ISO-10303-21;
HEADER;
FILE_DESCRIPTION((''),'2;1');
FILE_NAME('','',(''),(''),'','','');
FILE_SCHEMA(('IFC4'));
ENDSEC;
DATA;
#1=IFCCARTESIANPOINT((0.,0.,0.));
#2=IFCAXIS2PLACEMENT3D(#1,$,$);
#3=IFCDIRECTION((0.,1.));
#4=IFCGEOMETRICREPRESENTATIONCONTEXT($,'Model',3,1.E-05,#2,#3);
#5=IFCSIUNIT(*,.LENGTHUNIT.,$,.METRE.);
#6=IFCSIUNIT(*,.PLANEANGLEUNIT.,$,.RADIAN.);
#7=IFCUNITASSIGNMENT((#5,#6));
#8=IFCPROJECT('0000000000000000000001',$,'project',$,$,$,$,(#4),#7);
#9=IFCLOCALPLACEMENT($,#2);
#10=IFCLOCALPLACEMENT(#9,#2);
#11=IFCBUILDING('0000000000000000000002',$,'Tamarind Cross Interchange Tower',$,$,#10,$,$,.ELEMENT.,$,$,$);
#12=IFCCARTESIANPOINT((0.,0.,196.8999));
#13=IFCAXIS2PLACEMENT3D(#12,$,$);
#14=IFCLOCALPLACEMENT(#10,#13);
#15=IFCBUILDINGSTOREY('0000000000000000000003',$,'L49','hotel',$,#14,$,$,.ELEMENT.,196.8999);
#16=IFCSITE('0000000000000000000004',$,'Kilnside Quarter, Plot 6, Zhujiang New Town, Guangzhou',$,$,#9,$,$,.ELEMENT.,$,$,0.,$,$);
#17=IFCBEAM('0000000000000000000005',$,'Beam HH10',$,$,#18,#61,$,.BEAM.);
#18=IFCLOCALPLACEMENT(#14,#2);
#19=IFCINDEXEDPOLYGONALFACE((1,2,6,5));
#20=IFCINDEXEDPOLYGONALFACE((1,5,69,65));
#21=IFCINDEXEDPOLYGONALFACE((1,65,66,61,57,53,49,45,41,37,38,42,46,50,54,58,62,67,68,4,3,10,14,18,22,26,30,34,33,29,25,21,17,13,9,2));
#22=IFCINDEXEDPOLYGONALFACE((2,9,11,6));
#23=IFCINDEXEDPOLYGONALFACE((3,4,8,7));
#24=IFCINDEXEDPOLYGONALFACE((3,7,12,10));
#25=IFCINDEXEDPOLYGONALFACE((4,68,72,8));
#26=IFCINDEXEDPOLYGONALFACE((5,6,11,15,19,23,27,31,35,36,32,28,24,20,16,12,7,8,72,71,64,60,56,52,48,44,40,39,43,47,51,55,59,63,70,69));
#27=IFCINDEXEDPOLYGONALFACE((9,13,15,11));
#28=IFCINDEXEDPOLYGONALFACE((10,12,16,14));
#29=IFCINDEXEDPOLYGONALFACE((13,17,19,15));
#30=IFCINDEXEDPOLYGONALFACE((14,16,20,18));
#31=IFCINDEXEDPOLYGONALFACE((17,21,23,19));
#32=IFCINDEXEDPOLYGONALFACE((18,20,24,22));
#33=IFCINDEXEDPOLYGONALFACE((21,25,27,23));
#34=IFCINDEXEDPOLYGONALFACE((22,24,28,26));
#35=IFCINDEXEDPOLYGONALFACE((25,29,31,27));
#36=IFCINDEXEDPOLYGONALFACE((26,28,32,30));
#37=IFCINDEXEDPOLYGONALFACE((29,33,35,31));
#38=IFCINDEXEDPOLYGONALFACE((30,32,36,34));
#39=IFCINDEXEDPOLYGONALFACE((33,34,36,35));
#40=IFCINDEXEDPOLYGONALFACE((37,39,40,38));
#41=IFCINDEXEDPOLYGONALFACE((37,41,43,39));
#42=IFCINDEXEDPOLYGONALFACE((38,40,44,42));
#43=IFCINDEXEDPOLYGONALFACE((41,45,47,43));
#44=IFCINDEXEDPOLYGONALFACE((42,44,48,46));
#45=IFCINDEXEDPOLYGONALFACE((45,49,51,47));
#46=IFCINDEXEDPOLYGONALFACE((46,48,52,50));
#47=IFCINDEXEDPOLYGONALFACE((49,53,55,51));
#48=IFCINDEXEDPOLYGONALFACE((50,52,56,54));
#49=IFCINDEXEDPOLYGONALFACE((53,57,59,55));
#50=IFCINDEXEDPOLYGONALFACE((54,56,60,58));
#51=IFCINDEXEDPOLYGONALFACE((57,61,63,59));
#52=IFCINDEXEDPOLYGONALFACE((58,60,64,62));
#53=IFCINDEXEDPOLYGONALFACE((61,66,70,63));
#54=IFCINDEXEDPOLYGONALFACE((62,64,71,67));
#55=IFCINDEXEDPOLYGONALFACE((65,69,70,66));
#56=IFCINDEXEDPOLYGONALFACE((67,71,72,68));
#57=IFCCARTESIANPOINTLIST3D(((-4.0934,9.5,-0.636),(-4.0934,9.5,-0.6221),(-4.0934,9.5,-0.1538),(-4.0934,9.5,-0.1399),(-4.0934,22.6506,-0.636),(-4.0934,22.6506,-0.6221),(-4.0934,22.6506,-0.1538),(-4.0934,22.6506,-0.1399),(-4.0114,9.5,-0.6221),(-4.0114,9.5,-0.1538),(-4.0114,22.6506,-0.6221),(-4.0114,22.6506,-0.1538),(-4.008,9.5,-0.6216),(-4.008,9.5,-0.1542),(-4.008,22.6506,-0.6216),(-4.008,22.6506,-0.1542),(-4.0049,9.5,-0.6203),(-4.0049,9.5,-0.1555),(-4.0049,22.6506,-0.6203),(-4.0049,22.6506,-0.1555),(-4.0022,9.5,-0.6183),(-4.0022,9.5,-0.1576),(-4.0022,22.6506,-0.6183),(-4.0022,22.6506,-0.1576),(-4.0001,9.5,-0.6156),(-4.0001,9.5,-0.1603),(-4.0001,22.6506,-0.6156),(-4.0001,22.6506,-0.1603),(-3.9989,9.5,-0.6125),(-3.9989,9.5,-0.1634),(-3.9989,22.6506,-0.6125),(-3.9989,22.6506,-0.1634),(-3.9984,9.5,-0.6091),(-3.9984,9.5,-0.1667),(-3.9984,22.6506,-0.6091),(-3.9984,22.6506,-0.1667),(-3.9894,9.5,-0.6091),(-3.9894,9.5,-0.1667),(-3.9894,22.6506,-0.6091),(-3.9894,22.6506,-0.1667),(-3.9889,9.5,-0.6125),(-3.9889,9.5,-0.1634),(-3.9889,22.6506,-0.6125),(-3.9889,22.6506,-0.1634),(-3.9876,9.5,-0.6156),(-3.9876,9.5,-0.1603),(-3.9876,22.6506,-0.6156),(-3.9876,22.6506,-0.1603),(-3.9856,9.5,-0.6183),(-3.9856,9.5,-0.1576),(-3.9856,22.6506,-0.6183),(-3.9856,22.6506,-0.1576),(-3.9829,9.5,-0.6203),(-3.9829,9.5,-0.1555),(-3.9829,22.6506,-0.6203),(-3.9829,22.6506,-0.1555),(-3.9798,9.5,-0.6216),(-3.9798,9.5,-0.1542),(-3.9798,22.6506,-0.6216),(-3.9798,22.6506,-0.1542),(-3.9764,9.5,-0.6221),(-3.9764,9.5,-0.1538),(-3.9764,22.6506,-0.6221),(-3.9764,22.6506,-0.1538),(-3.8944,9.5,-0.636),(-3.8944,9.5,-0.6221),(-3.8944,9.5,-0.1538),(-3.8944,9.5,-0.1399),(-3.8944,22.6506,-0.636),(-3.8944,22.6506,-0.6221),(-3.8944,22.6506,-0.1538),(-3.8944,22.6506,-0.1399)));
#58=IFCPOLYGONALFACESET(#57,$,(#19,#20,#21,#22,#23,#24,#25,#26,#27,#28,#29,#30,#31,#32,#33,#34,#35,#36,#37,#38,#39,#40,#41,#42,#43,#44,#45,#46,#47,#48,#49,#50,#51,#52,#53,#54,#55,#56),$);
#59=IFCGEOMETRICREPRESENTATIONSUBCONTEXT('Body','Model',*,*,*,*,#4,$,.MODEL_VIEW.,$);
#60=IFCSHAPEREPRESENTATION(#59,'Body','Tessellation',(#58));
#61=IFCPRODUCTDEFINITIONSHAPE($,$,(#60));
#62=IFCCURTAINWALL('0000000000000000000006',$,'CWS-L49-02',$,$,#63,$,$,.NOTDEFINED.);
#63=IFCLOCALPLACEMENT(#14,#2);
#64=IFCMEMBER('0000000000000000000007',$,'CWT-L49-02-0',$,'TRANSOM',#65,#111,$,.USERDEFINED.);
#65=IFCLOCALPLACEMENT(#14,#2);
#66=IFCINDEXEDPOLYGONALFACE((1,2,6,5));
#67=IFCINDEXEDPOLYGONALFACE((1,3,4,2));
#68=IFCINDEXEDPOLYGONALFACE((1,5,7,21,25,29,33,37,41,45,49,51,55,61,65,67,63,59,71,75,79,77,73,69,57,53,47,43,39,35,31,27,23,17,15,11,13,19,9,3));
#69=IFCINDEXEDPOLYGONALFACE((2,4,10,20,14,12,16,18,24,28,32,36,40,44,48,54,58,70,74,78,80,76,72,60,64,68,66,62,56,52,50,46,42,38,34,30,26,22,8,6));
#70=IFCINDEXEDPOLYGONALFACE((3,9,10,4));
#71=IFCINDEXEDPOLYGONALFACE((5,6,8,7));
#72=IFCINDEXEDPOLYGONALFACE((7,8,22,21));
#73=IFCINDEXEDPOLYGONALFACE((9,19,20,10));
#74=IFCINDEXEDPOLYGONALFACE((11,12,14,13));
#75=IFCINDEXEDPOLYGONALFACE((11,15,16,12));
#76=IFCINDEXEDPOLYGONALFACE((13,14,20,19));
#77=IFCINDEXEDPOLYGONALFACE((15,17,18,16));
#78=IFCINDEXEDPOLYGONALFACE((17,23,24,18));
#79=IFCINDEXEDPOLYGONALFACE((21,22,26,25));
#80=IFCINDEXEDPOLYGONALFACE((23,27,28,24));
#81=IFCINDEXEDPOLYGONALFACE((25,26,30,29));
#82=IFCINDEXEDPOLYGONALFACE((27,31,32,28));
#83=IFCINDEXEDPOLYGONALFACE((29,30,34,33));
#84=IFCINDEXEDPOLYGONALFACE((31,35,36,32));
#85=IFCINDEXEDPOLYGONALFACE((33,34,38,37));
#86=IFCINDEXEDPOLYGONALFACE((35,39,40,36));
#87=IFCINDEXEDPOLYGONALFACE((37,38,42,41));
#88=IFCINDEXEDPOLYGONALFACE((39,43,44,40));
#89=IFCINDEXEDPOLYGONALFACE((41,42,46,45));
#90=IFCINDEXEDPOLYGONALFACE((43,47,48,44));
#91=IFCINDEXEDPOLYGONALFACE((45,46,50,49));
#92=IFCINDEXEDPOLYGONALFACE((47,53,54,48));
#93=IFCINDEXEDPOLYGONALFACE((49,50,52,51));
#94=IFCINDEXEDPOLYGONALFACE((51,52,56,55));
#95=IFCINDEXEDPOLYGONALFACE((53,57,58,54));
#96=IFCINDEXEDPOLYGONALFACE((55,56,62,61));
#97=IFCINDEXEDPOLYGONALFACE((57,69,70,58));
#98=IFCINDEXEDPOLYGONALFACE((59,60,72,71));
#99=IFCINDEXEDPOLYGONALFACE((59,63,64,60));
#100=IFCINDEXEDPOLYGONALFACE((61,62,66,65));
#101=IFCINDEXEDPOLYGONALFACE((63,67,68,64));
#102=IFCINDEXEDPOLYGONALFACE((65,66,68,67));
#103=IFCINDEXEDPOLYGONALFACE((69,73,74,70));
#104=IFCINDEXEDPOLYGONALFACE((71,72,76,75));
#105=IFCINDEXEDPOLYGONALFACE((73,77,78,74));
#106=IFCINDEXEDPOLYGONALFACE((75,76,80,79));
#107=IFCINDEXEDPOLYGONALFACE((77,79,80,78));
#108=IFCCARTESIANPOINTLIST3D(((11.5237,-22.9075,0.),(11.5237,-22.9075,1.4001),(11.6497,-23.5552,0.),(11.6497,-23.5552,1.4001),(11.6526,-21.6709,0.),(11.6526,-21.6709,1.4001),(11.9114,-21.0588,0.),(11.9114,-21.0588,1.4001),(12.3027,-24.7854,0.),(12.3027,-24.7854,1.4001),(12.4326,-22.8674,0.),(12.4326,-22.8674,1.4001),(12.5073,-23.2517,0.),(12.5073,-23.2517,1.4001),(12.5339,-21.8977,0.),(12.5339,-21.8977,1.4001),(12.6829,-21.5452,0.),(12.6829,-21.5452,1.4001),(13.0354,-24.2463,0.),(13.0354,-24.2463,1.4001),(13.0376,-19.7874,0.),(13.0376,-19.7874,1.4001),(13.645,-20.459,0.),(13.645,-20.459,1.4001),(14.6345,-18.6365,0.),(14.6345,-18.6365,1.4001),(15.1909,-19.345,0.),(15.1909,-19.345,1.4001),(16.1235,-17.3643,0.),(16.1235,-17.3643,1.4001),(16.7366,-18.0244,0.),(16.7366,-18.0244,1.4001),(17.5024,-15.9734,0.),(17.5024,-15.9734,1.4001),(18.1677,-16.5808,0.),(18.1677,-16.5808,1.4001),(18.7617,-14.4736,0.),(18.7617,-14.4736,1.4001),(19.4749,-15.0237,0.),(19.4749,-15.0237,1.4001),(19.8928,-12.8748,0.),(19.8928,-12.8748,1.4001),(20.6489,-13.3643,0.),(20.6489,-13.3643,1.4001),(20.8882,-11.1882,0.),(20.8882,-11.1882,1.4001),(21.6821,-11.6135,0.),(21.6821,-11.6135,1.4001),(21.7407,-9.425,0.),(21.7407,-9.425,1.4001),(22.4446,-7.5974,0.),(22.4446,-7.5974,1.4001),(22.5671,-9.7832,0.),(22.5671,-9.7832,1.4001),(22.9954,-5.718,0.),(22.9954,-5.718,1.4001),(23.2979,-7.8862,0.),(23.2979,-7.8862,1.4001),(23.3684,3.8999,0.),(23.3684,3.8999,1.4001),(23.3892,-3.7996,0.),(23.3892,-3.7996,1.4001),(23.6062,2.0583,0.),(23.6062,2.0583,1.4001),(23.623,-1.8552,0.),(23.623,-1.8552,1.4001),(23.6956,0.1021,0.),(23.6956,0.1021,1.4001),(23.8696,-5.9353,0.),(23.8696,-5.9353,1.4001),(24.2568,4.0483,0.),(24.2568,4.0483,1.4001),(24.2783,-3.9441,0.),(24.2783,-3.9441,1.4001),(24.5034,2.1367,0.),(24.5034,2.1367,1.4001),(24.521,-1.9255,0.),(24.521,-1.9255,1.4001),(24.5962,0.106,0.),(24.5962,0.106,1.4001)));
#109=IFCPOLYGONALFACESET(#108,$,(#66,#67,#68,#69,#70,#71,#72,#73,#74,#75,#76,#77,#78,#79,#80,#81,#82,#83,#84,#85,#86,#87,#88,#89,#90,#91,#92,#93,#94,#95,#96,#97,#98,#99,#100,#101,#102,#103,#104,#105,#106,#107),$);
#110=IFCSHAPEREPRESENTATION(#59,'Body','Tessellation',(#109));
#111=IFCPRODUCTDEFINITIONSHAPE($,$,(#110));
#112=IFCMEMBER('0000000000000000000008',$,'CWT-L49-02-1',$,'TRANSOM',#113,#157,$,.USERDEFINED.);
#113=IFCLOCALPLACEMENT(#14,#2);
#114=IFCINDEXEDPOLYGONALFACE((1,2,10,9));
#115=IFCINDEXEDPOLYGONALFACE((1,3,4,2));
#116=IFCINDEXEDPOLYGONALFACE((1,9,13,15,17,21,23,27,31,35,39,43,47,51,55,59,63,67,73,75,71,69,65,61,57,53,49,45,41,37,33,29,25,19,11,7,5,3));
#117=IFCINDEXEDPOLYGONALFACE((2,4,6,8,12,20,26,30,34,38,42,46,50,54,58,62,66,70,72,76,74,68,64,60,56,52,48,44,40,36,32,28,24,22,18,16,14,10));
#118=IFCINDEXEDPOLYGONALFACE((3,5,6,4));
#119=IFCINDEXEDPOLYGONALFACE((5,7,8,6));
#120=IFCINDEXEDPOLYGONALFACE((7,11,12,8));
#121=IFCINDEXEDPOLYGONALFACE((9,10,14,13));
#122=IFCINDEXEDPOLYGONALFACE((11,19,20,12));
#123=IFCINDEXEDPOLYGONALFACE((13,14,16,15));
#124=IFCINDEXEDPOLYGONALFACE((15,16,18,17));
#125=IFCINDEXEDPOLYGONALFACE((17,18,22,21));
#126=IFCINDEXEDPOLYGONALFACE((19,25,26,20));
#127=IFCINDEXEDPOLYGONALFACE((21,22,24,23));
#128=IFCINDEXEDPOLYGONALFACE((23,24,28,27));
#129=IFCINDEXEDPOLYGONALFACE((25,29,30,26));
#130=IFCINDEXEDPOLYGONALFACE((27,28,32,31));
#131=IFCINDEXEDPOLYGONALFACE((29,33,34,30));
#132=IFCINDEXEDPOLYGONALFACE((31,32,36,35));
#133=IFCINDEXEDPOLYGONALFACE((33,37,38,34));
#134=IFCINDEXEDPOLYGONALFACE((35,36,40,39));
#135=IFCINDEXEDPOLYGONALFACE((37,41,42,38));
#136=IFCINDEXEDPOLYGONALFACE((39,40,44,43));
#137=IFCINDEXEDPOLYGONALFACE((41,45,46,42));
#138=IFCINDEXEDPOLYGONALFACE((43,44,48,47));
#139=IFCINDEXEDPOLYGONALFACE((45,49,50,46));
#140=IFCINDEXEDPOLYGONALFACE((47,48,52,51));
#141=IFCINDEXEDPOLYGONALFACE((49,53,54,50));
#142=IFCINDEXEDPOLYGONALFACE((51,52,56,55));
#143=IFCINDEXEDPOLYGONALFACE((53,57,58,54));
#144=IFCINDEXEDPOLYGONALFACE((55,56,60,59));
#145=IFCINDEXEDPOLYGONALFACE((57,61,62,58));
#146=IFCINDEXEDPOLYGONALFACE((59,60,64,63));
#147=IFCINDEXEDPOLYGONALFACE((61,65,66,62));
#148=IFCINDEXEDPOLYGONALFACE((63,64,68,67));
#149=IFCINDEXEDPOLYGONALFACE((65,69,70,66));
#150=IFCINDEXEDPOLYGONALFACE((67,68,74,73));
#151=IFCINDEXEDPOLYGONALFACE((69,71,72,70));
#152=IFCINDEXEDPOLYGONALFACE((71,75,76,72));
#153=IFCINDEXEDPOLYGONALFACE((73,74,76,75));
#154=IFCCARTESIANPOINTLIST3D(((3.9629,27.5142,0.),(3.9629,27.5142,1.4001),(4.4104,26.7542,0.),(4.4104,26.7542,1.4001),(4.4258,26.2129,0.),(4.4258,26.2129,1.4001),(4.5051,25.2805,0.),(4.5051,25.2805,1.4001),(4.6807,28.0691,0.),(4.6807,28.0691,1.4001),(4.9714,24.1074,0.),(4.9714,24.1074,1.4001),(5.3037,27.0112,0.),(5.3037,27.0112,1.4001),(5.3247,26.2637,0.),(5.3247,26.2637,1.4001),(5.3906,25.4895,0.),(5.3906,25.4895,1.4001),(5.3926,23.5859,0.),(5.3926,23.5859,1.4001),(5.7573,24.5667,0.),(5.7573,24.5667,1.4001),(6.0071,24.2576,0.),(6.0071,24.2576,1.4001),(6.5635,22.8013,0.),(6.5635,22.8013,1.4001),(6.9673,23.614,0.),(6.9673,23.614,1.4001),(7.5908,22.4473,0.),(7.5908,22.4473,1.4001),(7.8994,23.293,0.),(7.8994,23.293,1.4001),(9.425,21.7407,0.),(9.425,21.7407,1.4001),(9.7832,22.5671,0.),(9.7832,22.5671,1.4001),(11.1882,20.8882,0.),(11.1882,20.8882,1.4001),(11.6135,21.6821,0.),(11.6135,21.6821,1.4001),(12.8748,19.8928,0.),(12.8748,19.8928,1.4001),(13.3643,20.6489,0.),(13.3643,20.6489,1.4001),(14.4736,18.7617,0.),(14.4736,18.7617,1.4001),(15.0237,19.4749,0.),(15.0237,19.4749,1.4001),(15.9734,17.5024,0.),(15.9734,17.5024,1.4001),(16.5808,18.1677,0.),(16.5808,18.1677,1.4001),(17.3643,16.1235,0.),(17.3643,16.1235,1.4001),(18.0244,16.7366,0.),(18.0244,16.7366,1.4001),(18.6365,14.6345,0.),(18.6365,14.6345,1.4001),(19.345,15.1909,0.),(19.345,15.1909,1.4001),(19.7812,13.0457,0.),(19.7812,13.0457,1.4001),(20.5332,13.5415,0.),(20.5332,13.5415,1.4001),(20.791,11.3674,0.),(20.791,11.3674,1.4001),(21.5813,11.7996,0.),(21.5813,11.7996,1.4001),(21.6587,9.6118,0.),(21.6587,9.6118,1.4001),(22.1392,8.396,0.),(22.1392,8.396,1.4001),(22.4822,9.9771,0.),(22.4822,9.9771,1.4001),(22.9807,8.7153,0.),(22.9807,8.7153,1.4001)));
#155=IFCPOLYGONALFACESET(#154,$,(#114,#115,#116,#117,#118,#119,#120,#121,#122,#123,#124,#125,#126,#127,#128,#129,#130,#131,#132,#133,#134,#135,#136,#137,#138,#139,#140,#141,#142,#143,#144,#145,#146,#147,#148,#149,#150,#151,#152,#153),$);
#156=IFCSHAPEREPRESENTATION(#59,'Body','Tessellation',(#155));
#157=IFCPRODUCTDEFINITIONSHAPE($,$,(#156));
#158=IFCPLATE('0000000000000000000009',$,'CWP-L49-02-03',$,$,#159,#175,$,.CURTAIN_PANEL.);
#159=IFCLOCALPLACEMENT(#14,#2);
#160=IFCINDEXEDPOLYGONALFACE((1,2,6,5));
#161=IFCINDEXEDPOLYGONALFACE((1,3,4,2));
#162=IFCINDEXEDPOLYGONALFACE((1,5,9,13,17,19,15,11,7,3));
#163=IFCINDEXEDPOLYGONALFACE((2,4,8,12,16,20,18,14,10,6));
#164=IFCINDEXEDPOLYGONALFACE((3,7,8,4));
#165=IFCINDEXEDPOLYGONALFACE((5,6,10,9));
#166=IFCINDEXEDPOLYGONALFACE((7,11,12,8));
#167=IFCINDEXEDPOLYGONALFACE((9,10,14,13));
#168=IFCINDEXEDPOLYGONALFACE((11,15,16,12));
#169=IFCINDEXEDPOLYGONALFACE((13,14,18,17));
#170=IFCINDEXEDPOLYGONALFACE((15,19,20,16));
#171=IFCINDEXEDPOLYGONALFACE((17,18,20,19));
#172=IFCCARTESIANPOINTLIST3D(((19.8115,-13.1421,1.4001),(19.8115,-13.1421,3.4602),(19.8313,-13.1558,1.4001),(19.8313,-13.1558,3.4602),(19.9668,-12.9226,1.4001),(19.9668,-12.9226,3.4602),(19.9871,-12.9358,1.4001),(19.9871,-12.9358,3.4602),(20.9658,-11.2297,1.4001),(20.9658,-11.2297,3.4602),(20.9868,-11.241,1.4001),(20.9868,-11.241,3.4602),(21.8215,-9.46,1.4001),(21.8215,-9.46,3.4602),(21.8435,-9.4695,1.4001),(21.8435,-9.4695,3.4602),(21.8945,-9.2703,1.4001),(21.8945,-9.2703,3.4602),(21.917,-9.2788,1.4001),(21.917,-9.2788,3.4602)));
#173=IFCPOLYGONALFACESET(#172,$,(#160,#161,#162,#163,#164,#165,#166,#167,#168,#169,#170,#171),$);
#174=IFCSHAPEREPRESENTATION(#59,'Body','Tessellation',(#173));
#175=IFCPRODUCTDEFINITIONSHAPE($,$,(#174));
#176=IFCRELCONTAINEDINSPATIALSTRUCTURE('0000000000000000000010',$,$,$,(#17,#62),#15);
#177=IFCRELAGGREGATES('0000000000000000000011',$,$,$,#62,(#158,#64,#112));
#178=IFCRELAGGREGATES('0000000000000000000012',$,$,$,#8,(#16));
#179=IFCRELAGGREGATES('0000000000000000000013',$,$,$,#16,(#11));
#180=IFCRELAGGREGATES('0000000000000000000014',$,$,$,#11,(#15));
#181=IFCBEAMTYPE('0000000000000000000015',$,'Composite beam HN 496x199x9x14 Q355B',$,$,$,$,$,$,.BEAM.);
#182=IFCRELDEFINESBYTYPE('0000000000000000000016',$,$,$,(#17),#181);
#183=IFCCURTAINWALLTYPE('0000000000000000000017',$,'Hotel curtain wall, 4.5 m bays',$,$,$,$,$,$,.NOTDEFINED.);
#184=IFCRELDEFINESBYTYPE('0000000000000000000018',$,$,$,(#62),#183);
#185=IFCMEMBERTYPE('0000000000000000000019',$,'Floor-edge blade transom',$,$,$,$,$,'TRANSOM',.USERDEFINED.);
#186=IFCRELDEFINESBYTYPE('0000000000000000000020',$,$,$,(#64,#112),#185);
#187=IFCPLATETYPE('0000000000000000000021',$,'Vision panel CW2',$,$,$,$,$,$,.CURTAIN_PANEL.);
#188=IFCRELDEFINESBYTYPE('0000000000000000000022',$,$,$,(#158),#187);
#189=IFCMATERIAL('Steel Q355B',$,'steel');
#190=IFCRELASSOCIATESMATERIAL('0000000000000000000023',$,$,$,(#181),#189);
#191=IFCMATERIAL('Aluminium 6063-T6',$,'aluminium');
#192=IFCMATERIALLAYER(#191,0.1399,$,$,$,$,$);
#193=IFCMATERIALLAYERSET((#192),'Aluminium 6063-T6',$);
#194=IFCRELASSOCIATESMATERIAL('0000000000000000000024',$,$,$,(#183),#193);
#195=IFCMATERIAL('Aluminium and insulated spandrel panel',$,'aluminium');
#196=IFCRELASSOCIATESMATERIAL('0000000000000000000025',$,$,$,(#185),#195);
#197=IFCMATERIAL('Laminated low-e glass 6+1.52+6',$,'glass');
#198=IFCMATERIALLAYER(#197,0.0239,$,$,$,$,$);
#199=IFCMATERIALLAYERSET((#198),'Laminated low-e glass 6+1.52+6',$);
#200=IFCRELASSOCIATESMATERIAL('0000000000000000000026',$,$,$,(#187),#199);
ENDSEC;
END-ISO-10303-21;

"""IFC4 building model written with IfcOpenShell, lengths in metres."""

from ifc_helpers import new_model, si_unit, direction, frame, origin, origin_2d, place, context, subcontext, project, spatial, polyline, i_section, outline, extrude, material, layer, layer_set, material_profile, profile_set, type_object, element, aggregate, save


model = new_model("IFC4")

# Units and contexts
model_context = context("Model", 3, precision=1e-05, world=origin(), true_north=direction((0.0, 1.0)))
body_context = subcontext(model_context, "Body", "Model", "MODEL_VIEW")
ifc_project = project(units=[si_unit("LENGTHUNIT", "METRE"), si_unit("PLANEANGLEUNIT", "RADIAN")], contexts=[model_context])

# Site, building, storey
site_placement = place(None, origin())
site = spatial("IfcSite", under=ifc_project, at=site_placement, Name="Kilnside Quarter, Plot 6, Zhujiang New Town, Guangzhou", CompositionType="ELEMENT", RefElevation=0.0)
building_placement = place(site_placement, origin())
building = spatial("IfcBuilding", under=site, at=building_placement, Name="Tamarind Cross Interchange Tower", CompositionType="ELEMENT")
storey_placement = place(building_placement, frame((0.0, 0.0, 196.8999)))
storey = spatial("IfcBuildingStorey", under=building, at=storey_placement, Name="L49", Description="hotel", CompositionType="ELEMENT", Elevation=196.8999)

# Beam
ifc_material_1 = material(Name="Steel Q355B", Category="steel")
ifc_material_profile_1 = material_profile(ifc_material_1, i_section(OverallWidth=0.199, OverallDepth=0.4961, WebThickness=0.009, FlangeThickness=0.0139, FilletRadius=0.0129, at=origin_2d()), Name="HN 496x199x9x14")
ifc_profile_set_1 = profile_set([ifc_material_profile_1], Name="Steel Q355B")
beam_type_1 = type_object("IfcBeamType", Name="Composite beam HN 496x199x9x14 Q355B", PredefinedType="BEAM", material=ifc_profile_set_1)
beam_placement = place(storey_placement, frame((-3.9939, 22.6506, -0.3879), z_axis=(0.0, -1.0, 0.0), x_axis=(1.0, 0.0, 0.0)))
element("IfcBeam", 1, at=beam_placement, inside=storey, type_object=beam_type_1, Name="Beam HH10", PredefinedType="BEAM", context=body_context, shape_type="SweptSolid", body=[
    extrude(i_section(OverallWidth=0.199, OverallDepth=0.4961, WebThickness=0.009, FlangeThickness=0.0139, FilletRadius=0.0129, at=origin_2d()), origin(), (0.0, 0.0, 1.0), 13.1506),
])

# Curtain wall, members, plate
ifc_material_2 = material(Name="Aluminium 6063-T6", Category="aluminium")
ifc_layer_1 = layer(ifc_material_2, 0.1399)
ifc_layer_set_1 = layer_set([ifc_layer_1], Name="Aluminium 6063-T6")
curtain_wall_type = type_object("IfcCurtainWallType", Name="Hotel curtain wall, 4.5 m bays", PredefinedType="NOTDEFINED", material=ifc_layer_set_1)
curtain_wall_1_placement = place(storey_placement, origin())
curtain_wall_1 = element("IfcCurtainWall", 2, at=curtain_wall_1_placement, inside=storey, type_object=curtain_wall_type, Name="CWS-L49-02", PredefinedType="NOTDEFINED")
ifc_material_3 = material(Name="Aluminium and insulated spandrel panel", Category="aluminium")
member_type = type_object("IfcMemberType", Name="Floor-edge blade transom", ElementType="TRANSOM", PredefinedType="USERDEFINED", material=ifc_material_3)
member_1_placement = place(storey_placement, origin())
member_1 = element("IfcMember", 3, at=member_1_placement, type_object=member_type, Name="CWT-L49-02-0", ObjectType="TRANSOM", PredefinedType="USERDEFINED", context=body_context, shape_type="SweptSolid", body=[
    extrude(outline(polyline([(12.3027, -24.7854), (11.6497, -23.5552), (11.5237, -22.9075), (11.6526, -21.6709), (11.9114, -21.0588), (13.0376, -19.7874), (14.6345, -18.6365), (16.1235, -17.3643), (17.5024, -15.9734), (18.7617, -14.4736), (19.8928, -12.8748), (20.8882, -11.1882), (21.7407, -9.425), (22.4446, -7.5974), (22.9954, -5.718), (23.3892, -3.7996), (23.623, -1.8552), (23.6956, 0.1021), (23.6062, 2.0583), (23.3684, 3.8999), (24.2568, 4.0483), (24.5034, 2.1367), (24.5962, 0.106), (24.521, -1.9255), (24.2783, -3.9441), (23.8696, -5.9353), (23.2979, -7.8862), (22.5671, -9.7832), (21.6821, -11.6135), (20.6489, -13.3643), (19.4749, -15.0237), (18.1677, -16.5808), (16.7366, -18.0244), (15.1909, -19.345), (13.645, -20.459), (12.6829, -21.5452), (12.5339, -21.8977), (12.4326, -22.8674), (12.5073, -23.2517), (13.0354, -24.2463), (12.3027, -24.7854)])), origin(), (0.0, 0.0, 1.0), 1.4001),
])
member_2_placement = place(storey_placement, origin())
member_2 = element("IfcMember", 4, at=member_2_placement, type_object=member_type, Name="CWT-L49-02-1", ObjectType="TRANSOM", PredefinedType="USERDEFINED", context=body_context, shape_type="SweptSolid", body=[
    extrude(outline(polyline([(22.1392, 8.396), (21.6587, 9.6118), (20.791, 11.3674), (19.7812, 13.0457), (18.6365, 14.6345), (17.3643, 16.1235), (15.9734, 17.5024), (14.4736, 18.7617), (12.8748, 19.8928), (11.1882, 20.8882), (9.425, 21.7407), (7.5908, 22.4473), (6.5635, 22.8013), (5.3926, 23.5859), (4.9714, 24.1074), (4.5051, 25.2805), (4.4258, 26.2129), (4.4104, 26.7542), (3.9629, 27.5142), (4.6807, 28.0691), (5.3037, 27.0112), (5.3247, 26.2637), (5.3906, 25.4895), (5.7573, 24.5667), (6.0071, 24.2576), (6.9673, 23.614), (7.8994, 23.293), (9.7832, 22.5671), (11.6135, 21.6821), (13.3643, 20.6489), (15.0237, 19.4749), (16.5808, 18.1677), (18.0244, 16.7366), (19.345, 15.1909), (20.5332, 13.5415), (21.5813, 11.7996), (22.4822, 9.9771), (22.9807, 8.7153), (22.1392, 8.396)])), origin(), (0.0, 0.0, 1.0), 1.4001),
])
ifc_material_4 = material(Name="Laminated low-e glass 6+1.52+6", Category="glass")
ifc_layer_2 = layer(ifc_material_4, 0.0239)
ifc_layer_set_2 = layer_set([ifc_layer_2], Name="Laminated low-e glass 6+1.52+6")
plate_type = type_object("IfcPlateType", Name="Vision panel CW2", PredefinedType="CURTAIN_PANEL", material=ifc_layer_set_2)
plate_1_placement = place(storey_placement, frame((0.0, 0.0, 1.4001)))
plate_1 = element("IfcPlate", 5, at=plate_1_placement, type_object=plate_type, Name="CWP-L49-02-03", PredefinedType="CURTAIN_PANEL", context=body_context, shape_type="SweptSolid", body=[
    extrude(outline(polyline([(19.8115, -13.1421), (19.9668, -12.9226), (20.9658, -11.2297), (21.8215, -9.46), (21.8945, -9.2703), (21.917, -9.2788), (21.8435, -9.4695), (20.9868, -11.241), (19.9871, -12.9358), (19.8313, -13.1558), (19.8115, -13.1421)])), origin(), (0.0, 0.0, 1.0), 2.0601),
])
aggregate(curtain_wall_1, [plate_1, member_1, member_2])

save(model, "model.ifc")
